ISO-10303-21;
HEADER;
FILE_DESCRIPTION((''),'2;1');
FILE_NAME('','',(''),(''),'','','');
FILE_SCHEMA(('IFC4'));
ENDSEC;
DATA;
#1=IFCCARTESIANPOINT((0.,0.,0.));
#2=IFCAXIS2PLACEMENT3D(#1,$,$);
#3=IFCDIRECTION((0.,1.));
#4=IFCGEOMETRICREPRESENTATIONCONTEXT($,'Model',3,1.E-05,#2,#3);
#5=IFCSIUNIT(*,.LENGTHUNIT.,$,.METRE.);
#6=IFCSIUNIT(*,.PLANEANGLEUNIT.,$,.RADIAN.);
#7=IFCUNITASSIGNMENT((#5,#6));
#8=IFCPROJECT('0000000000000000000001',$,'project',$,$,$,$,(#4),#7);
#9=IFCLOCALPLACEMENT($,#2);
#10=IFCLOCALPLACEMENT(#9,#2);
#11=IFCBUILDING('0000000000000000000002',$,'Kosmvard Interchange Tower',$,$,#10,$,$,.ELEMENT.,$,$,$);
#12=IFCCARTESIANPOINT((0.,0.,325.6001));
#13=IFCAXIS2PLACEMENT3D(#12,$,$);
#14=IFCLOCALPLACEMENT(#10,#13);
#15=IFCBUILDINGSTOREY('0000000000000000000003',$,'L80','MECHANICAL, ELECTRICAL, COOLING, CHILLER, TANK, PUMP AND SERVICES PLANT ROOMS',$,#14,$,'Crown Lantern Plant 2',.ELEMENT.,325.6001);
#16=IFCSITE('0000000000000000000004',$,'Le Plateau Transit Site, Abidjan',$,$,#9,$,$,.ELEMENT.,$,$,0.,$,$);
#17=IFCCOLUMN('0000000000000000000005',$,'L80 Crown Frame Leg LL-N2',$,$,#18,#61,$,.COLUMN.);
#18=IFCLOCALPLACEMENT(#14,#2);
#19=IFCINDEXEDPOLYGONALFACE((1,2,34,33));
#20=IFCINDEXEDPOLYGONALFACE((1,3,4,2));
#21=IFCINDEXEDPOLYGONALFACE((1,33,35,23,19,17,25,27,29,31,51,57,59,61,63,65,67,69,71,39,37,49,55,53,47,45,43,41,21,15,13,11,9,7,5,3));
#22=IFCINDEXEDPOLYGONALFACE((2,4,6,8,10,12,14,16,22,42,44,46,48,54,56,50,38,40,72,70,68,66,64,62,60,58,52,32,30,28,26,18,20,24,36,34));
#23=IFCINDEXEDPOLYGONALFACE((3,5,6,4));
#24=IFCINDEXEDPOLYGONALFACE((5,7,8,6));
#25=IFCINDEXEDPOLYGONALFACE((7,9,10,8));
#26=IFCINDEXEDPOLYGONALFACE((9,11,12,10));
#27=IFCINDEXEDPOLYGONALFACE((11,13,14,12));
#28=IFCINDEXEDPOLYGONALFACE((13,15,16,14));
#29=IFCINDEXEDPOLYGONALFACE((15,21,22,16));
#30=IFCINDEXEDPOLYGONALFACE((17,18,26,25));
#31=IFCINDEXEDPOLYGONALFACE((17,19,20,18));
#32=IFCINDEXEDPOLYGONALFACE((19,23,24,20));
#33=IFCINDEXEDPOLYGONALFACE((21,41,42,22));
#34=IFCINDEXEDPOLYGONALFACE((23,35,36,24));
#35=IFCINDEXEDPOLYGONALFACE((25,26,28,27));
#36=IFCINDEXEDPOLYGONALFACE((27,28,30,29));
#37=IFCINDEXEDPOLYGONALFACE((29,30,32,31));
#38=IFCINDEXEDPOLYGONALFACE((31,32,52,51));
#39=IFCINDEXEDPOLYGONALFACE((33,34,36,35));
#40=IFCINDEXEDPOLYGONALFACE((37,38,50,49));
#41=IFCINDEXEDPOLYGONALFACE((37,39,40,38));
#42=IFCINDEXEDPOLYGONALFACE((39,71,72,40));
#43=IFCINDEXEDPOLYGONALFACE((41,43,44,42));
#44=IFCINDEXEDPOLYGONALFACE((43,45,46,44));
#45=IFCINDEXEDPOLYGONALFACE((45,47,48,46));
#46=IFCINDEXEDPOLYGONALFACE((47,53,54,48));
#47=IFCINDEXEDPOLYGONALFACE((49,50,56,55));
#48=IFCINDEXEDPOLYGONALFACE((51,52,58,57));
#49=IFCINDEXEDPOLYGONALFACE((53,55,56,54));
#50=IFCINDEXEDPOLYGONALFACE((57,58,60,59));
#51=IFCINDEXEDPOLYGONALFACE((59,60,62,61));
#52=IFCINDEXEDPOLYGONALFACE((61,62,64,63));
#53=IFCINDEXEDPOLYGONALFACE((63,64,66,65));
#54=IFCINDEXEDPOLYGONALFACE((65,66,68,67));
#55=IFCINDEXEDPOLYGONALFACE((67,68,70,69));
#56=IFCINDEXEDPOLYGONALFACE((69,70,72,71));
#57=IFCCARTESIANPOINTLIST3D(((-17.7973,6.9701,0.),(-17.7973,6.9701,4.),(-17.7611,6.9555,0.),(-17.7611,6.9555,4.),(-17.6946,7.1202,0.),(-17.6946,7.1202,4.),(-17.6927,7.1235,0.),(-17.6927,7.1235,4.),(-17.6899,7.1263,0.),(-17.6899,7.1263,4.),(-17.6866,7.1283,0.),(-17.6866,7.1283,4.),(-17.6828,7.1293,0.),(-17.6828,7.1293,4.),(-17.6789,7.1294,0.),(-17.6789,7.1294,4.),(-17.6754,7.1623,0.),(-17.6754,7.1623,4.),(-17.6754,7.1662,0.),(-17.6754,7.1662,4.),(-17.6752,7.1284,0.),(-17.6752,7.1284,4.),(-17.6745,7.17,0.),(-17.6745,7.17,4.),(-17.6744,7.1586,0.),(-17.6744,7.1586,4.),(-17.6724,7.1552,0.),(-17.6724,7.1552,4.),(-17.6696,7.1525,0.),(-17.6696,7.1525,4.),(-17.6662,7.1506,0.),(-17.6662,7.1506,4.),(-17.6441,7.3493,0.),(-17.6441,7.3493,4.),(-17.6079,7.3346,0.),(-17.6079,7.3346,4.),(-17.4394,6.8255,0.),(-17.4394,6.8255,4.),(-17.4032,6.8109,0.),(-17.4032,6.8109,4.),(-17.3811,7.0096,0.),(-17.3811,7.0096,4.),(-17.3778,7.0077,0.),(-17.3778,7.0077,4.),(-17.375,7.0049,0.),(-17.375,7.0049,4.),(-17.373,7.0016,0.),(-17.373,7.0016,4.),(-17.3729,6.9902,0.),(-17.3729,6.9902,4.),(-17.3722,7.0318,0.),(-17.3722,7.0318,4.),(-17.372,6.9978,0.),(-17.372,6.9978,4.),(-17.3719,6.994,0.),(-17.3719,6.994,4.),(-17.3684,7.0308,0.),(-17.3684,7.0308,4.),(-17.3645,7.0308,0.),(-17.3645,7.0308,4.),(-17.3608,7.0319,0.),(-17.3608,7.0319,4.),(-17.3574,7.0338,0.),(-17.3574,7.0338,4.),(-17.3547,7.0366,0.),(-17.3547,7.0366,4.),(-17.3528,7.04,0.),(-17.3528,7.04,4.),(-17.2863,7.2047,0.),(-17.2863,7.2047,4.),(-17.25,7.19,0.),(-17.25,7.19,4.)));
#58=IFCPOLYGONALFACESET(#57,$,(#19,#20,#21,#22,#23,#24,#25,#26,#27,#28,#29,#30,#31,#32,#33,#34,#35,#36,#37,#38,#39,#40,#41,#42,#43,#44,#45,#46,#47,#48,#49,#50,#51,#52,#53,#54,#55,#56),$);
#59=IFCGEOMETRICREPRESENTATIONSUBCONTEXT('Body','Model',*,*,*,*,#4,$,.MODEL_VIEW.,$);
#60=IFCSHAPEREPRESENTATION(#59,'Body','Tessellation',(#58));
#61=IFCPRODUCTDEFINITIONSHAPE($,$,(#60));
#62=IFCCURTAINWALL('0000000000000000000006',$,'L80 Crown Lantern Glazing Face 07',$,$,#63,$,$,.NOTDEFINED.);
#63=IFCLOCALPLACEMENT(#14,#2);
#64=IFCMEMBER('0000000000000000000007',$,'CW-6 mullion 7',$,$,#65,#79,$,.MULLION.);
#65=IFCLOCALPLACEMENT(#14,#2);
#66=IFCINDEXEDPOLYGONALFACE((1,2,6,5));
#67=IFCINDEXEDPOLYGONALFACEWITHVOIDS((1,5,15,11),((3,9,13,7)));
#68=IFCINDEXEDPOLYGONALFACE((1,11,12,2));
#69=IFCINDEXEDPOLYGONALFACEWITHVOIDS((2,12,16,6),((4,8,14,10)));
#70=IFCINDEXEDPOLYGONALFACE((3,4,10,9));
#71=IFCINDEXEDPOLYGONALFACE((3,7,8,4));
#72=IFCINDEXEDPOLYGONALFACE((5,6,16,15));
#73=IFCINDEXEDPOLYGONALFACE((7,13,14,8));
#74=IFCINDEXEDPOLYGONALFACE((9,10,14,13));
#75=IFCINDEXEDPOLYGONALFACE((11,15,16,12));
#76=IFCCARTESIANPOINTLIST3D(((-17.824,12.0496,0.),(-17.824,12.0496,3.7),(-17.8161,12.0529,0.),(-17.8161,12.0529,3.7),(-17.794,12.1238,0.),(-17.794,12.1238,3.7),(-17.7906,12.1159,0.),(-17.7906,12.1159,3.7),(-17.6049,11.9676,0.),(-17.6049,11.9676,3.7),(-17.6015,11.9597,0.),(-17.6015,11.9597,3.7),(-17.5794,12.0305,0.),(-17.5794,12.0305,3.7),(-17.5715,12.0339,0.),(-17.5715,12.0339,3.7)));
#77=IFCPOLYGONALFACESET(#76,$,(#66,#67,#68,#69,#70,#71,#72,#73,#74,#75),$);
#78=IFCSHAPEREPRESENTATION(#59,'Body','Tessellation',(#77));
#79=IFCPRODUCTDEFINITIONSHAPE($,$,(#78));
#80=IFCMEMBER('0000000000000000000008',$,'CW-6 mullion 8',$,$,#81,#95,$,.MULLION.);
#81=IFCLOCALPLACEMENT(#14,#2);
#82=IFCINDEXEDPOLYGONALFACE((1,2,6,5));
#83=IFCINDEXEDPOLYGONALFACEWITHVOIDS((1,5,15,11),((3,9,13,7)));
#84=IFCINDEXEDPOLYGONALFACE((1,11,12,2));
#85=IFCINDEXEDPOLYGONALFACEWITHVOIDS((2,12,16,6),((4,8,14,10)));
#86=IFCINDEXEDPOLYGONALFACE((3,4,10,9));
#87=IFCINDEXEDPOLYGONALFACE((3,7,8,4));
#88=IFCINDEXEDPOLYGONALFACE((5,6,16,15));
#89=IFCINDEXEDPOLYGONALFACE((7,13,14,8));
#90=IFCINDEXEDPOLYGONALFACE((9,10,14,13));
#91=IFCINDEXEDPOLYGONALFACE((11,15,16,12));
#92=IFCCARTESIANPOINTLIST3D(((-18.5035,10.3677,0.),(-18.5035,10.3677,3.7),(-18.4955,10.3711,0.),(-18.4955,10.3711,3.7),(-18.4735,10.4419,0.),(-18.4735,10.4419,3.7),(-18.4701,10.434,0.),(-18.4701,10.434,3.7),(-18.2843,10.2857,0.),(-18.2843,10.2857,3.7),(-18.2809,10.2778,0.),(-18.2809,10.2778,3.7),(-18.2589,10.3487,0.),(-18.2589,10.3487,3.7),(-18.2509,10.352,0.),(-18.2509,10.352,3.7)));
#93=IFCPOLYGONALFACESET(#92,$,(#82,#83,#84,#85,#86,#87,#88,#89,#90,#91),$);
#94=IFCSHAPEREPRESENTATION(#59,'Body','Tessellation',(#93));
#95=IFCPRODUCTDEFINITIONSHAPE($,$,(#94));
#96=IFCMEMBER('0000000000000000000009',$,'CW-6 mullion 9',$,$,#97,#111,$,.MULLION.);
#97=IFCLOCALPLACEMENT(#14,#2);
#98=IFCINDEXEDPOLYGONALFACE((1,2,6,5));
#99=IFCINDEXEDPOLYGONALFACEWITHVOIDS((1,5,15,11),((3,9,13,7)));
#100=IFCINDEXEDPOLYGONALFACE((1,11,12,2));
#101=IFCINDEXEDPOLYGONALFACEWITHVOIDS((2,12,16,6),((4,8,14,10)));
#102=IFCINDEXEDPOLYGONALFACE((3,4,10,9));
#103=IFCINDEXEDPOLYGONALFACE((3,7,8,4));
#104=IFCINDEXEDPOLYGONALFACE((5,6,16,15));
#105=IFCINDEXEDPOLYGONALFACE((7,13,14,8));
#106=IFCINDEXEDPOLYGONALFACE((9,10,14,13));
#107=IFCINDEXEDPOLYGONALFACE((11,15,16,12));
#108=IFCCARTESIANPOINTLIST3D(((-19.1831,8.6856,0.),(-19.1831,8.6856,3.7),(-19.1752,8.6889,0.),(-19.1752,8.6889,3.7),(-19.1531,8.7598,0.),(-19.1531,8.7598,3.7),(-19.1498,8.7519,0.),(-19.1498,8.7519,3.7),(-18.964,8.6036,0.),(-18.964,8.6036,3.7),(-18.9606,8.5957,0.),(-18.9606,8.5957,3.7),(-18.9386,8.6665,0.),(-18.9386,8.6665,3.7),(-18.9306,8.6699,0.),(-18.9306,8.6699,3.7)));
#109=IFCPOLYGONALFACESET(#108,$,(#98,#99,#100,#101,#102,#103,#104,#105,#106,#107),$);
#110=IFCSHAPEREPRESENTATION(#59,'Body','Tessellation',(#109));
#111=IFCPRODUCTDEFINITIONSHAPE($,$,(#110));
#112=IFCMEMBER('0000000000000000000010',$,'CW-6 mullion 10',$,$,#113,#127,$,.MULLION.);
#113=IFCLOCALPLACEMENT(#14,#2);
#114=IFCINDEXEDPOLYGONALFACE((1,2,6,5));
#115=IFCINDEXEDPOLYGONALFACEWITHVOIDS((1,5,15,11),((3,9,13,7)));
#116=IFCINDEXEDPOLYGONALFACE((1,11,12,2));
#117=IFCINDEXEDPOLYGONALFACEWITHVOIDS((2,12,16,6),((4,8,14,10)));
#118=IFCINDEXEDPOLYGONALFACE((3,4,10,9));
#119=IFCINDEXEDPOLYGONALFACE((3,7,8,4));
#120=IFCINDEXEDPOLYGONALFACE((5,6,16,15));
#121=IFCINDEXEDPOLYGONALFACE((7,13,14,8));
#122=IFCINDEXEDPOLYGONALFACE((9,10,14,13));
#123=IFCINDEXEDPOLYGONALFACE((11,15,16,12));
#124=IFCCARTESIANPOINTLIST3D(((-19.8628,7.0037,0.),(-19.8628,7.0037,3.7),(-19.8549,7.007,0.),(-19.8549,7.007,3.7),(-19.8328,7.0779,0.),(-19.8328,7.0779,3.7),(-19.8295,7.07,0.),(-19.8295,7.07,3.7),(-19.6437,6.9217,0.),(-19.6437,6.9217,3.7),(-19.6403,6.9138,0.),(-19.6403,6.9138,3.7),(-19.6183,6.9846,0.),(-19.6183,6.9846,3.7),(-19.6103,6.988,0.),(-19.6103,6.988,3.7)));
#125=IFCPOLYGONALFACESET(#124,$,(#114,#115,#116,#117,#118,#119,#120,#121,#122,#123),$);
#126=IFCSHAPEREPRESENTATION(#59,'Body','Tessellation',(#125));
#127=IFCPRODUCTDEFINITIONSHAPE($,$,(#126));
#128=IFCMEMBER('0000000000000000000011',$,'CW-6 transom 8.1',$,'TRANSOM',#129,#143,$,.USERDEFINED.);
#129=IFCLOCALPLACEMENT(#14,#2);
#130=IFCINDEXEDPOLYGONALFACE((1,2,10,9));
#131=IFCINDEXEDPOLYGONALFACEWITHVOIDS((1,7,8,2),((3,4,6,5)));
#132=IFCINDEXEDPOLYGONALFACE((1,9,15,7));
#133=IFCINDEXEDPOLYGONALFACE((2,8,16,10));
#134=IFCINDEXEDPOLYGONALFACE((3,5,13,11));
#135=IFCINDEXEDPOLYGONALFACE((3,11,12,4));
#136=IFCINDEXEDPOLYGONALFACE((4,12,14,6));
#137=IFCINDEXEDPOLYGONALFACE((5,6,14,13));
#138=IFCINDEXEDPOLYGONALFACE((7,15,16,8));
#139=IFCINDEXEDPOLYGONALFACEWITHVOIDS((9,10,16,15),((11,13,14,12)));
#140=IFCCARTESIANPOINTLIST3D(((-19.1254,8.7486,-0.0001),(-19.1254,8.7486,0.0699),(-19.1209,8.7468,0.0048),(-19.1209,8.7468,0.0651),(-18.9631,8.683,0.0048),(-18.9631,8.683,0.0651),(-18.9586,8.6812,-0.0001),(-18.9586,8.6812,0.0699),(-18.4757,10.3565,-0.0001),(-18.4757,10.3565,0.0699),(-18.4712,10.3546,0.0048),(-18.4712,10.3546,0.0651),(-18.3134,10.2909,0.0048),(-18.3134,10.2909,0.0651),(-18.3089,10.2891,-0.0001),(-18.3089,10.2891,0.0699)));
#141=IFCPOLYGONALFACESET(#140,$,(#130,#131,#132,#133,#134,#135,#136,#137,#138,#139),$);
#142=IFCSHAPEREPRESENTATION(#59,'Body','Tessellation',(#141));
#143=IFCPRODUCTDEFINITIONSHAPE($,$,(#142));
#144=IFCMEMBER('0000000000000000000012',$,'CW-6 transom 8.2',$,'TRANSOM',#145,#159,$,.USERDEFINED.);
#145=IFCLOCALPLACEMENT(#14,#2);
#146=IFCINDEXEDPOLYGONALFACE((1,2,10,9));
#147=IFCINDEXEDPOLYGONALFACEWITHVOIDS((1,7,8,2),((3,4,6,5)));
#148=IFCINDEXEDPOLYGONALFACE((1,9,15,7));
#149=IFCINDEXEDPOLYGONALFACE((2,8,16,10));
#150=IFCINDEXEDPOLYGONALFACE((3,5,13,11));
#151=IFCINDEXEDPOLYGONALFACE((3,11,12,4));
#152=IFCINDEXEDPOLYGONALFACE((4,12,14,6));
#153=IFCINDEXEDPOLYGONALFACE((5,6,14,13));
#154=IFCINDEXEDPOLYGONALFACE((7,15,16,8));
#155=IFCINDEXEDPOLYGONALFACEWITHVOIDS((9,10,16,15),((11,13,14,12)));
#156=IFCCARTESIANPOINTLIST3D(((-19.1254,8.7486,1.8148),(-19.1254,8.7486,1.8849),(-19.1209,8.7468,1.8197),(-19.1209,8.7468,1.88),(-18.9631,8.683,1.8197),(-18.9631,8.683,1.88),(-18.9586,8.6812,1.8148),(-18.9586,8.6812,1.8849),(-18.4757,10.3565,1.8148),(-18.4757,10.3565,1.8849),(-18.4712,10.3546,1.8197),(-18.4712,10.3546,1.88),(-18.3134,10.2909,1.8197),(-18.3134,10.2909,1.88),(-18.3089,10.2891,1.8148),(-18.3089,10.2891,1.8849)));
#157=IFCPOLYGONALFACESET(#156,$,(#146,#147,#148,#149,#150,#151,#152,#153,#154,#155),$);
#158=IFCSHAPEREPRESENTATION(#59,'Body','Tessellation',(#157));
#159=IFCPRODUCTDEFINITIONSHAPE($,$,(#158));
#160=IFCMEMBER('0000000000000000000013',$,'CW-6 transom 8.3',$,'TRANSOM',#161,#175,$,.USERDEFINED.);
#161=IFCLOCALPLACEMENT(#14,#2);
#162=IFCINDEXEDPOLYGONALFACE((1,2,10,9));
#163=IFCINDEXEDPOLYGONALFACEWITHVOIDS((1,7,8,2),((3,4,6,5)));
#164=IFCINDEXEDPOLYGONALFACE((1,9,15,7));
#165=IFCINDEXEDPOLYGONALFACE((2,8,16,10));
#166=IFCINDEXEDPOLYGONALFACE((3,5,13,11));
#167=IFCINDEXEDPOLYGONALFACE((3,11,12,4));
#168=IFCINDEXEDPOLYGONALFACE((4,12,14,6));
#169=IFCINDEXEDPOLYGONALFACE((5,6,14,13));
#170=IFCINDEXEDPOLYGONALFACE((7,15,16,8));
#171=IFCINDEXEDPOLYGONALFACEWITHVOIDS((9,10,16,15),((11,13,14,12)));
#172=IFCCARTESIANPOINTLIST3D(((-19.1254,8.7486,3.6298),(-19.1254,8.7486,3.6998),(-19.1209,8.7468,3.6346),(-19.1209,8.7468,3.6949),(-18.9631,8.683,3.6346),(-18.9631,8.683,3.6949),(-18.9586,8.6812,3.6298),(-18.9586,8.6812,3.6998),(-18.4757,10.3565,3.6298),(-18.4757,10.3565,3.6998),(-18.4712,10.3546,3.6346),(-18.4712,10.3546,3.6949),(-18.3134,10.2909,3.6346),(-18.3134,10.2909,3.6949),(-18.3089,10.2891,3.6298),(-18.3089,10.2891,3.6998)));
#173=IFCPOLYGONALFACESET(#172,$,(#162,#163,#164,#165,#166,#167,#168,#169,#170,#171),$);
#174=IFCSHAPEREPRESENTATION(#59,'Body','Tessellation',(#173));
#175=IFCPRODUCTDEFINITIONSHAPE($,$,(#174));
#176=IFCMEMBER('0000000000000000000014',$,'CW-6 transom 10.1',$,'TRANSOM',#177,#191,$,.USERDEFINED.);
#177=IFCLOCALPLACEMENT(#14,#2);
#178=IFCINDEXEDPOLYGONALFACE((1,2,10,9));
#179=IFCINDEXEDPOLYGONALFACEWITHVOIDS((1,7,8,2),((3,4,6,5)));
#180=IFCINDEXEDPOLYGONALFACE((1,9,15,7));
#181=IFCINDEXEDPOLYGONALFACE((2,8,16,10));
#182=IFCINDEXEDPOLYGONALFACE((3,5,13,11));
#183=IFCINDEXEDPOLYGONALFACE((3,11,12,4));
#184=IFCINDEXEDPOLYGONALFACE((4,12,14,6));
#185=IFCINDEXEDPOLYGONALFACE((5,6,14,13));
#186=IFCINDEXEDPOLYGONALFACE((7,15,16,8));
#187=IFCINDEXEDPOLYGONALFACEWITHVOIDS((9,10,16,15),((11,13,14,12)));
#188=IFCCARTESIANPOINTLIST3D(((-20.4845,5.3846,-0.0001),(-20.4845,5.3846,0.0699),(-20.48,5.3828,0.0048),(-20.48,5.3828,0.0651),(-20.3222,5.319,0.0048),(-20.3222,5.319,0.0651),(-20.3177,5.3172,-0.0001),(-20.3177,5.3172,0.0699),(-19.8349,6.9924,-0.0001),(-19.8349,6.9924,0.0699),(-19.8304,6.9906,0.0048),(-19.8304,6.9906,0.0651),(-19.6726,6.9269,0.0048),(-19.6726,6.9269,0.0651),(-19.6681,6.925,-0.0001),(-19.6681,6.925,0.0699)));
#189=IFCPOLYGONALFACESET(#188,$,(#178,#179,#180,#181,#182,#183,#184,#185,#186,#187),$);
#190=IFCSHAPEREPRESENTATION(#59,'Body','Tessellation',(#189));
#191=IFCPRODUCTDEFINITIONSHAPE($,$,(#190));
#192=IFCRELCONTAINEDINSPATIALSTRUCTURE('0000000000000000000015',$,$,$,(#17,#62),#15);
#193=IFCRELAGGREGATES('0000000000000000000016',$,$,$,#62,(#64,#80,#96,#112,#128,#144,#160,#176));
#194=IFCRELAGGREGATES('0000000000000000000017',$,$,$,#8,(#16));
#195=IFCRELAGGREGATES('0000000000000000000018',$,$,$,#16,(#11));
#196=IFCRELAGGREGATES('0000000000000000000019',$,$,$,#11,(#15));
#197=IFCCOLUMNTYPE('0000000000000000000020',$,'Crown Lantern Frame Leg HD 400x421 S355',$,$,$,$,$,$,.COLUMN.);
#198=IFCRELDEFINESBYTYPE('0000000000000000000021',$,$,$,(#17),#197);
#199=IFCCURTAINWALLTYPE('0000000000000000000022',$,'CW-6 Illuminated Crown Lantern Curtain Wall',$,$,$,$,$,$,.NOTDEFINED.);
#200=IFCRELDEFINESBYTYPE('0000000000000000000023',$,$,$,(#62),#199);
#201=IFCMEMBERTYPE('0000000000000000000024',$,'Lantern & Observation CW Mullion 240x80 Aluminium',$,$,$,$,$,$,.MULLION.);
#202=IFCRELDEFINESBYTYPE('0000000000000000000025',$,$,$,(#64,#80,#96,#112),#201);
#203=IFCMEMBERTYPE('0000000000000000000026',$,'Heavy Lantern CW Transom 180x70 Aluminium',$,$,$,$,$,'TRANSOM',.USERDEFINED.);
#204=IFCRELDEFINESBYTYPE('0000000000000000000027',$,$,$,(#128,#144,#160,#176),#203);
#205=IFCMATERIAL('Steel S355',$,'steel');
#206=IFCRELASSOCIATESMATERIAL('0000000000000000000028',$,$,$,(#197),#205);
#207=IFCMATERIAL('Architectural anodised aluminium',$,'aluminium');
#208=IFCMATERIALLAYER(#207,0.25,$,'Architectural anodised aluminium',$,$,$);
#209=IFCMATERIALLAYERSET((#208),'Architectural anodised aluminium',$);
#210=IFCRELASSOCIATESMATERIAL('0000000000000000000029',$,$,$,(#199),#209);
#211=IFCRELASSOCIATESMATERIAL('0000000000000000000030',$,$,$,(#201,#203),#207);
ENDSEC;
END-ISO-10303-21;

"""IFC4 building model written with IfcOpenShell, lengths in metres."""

from ifc_helpers import new_model, si_unit, direction, frame, origin, origin_2d, place, context, subcontext, project, spatial, hollow_rectangle, i_section, extrude, source, transform, mapped, material, layer, layer_set, material_profile, profile_set, type_object, element, aggregate, save


model = new_model("IFC4")

# Units and contexts
model_context = context("Model", 3, precision=1e-05, world=origin(), true_north=direction((0.0, 1.0)))
body_context = subcontext(model_context, "Body", "Model", "MODEL_VIEW")
ifc_project = project(units=[si_unit("LENGTHUNIT", "METRE"), si_unit("PLANEANGLEUNIT", "RADIAN")], contexts=[model_context])

# Site, building, storey
site_placement = place(None, origin())
site = spatial("IfcSite", under=ifc_project, at=site_placement, Name="Le Plateau Transit Site, Abidjan", CompositionType="ELEMENT", RefElevation=0.0)
building_placement = place(site_placement, origin())
building = spatial("IfcBuilding", under=site, at=building_placement, Name="Kosmvard Interchange Tower", CompositionType="ELEMENT")
storey_placement = place(building_placement, frame((0.0, 0.0, 325.6001)))
storey = spatial("IfcBuildingStorey", under=building, at=storey_placement, Name="L80", Description="MECHANICAL, ELECTRICAL, COOLING, CHILLER, TANK, PUMP AND SERVICES PLANT ROOMS", LongName="Crown Lantern Plant 2", CompositionType="ELEMENT", Elevation=325.6001)

# Column
ifc_material_1 = material(Name="Steel S355", Category="steel")
ifc_material_profile_1 = material_profile(ifc_material_1, i_section(OverallWidth=0.4089, OverallDepth=0.425, WebThickness=0.0239, FlangeThickness=0.0391, FilletRadius=0.0149, at=origin_2d()), Name="HD 400x421")
ifc_profile_set_1 = profile_set([ifc_material_profile_1], Name="Steel S355")
column_type = type_object("IfcColumnType", Name="Crown Lantern Frame Leg HD 400x421 S355", PredefinedType="COLUMN", material=ifc_profile_set_1)
shared_shape_1 = source(origin(), body_context, "Body", "SweptSolid", [
    extrude(i_section(OverallWidth=0.4089, OverallDepth=0.425, WebThickness=0.0239, FlangeThickness=0.0391, FilletRadius=0.0149, at=origin_2d()), origin(), (0.0, 0.0, 1.0), 4.0),
])
column_placement = place(storey_placement, frame((-17.5237, 7.0801, 0.0), z_axis=(0.0, 0.0, 1.0), x_axis=(0.374607, 0.927184, 0.0)))
element("IfcColumn", 1, at=column_placement, inside=storey, type_object=column_type, Name="L80 Crown Frame Leg LL-N2", PredefinedType="COLUMN", context=body_context, shape_type="MappedRepresentation", body=[
    mapped(shared_shape_1, transform((0.0, 0.0, 0.0), scale=1.0)),
])

# Curtain wall, members
ifc_material_2 = material(Name="Architectural anodised aluminium", Category="aluminium")
ifc_layer_1 = layer(ifc_material_2, 0.25, Name="Architectural anodised aluminium")
ifc_layer_set_1 = layer_set([ifc_layer_1], Name="Architectural anodised aluminium")
curtain_wall_type = type_object("IfcCurtainWallType", Name="CW-6 Illuminated Crown Lantern Curtain Wall", PredefinedType="NOTDEFINED", material=ifc_layer_set_1)
curtain_wall_placement = place(storey_placement, origin())
curtain_wall = element("IfcCurtainWall", 2, at=curtain_wall_placement, inside=storey, type_object=curtain_wall_type, Name="L80 Crown Lantern Glazing Face 07", PredefinedType="NOTDEFINED")
ifc_material_profile_2 = material_profile(ifc_material_2, hollow_rectangle(XDim=0.24, YDim=0.0801, WallThickness=0.0061, at=origin_2d()), Name="CWM 240x80x6")
ifc_profile_set_2 = profile_set([ifc_material_profile_2], Name="Architectural anodised aluminium")
member_type_1 = type_object("IfcMemberType", Name="Lantern & Observation CW Mullion 240x80 Aluminium", PredefinedType="MULLION", material=ifc_profile_set_2)
shared_shape_2 = source(origin(), body_context, "Body", "SweptSolid", [
    extrude(hollow_rectangle(XDim=0.24, YDim=0.0801, WallThickness=0.0061, at=origin_2d()), origin(), (0.0, 0.0, 1.0), 3.7),
])
member_1_placement = place(storey_placement, frame((-17.6978, 12.0417, 0.0), z_axis=(0.0, 0.0, 1.0), x_axis=(0.927184, -0.374607, 0.0)))
member_1 = element("IfcMember", 3, at=member_1_placement, type_object=member_type_1, Name="CW-6 mullion 7", PredefinedType="MULLION", context=body_context, shape_type="MappedRepresentation", body=[
    mapped(shared_shape_2, transform((0.0, 0.0, 0.0), scale=1.0)),
])
member_2_placement = place(storey_placement, frame((-18.3772, 10.3599, 0.0), z_axis=(0.0, 0.0, 1.0), x_axis=(0.927184, -0.374607, 0.0)))
member_2 = element("IfcMember", 4, at=member_2_placement, type_object=member_type_1, Name="CW-6 mullion 8", PredefinedType="MULLION", context=body_context, shape_type="MappedRepresentation", body=[
    mapped(shared_shape_2, transform((0.0, 0.0, 0.0), scale=1.0)),
])
member_3_placement = place(storey_placement, frame((-19.0569, 8.6777, 0.0), z_axis=(0.0, 0.0, 1.0), x_axis=(0.927184, -0.374607, 0.0)))
member_3 = element("IfcMember", 5, at=member_3_placement, type_object=member_type_1, Name="CW-6 mullion 9", PredefinedType="MULLION", context=body_context, shape_type="MappedRepresentation", body=[
    mapped(shared_shape_2, transform((0.0, 0.0, 0.0), scale=1.0)),
])
member_4_placement = place(storey_placement, frame((-19.7366, 6.9958, 0.0), z_axis=(0.0, 0.0, 1.0), x_axis=(0.927184, -0.374607, 0.0)))
member_4 = element("IfcMember", 6, at=member_4_placement, type_object=member_type_1, Name="CW-6 mullion 10", PredefinedType="MULLION", context=body_context, shape_type="MappedRepresentation", body=[
    mapped(shared_shape_2, transform((0.0, 0.0, 0.0), scale=1.0)),
])
ifc_material_profile_3 = material_profile(ifc_material_2, hollow_rectangle(XDim=0.1799, YDim=0.0701, WallThickness=0.0049, at=origin_2d()), Name="CWT 180x70x5")
ifc_profile_set_3 = profile_set([ifc_material_profile_3], Name="Architectural anodised aluminium")
member_type_2 = type_object("IfcMemberType", Name="Heavy Lantern CW Transom 180x70 Aluminium", ElementType="TRANSOM", PredefinedType="USERDEFINED", material=ifc_profile_set_3)
shared_shape_3 = source(origin(), body_context, "Body", "SweptSolid", [
    extrude(hollow_rectangle(XDim=0.1799, YDim=0.0701, WallThickness=0.0049, at=origin_2d()), origin(), (0.0, 0.0, 1.0), 1.7341),
])
member_5_placement = place(storey_placement, frame((-18.3923, 10.3228, 0.0349), z_axis=(-0.374617, -0.92718, 0.0), x_axis=(0.92718, -0.374617, 0.0)))
member_5 = element("IfcMember", 7, at=member_5_placement, type_object=member_type_2, Name="CW-6 transom 8.1", ObjectType="TRANSOM", PredefinedType="USERDEFINED", context=body_context, shape_type="MappedRepresentation", body=[
    mapped(shared_shape_3, transform((0.0, 0.0, 0.0), scale=1.0)),
])
member_6_placement = place(storey_placement, frame((-18.3923, 10.3228, 1.8499), z_axis=(-0.374617, -0.92718, 0.0), x_axis=(0.92718, -0.374617, 0.0)))
member_6 = element("IfcMember", 8, at=member_6_placement, type_object=member_type_2, Name="CW-6 transom 8.2", ObjectType="TRANSOM", PredefinedType="USERDEFINED", context=body_context, shape_type="MappedRepresentation", body=[
    mapped(shared_shape_3, transform((0.0, 0.0, 0.0), scale=1.0)),
])
member_7_placement = place(storey_placement, frame((-18.3923, 10.3228, 3.6648), z_axis=(-0.374617, -0.92718, 0.0), x_axis=(0.92718, -0.374617, 0.0)))
member_7 = element("IfcMember", 9, at=member_7_placement, type_object=member_type_2, Name="CW-6 transom 8.3", ObjectType="TRANSOM", PredefinedType="USERDEFINED", context=body_context, shape_type="MappedRepresentation", body=[
    mapped(shared_shape_3, transform((0.0, 0.0, 0.0), scale=1.0)),
])
member_8_placement = place(storey_placement, frame((-19.7515, 6.9587, 0.0349), z_axis=(-0.374617, -0.92718, 0.0), x_axis=(0.92718, -0.374617, 0.0)))
member_8 = element("IfcMember", 10, at=member_8_placement, type_object=member_type_2, Name="CW-6 transom 10.1", ObjectType="TRANSOM", PredefinedType="USERDEFINED", context=body_context, shape_type="MappedRepresentation", body=[
    mapped(shared_shape_3, transform((0.0, 0.0, 0.0), scale=1.0)),
])
aggregate(curtain_wall, [member_1, member_2, member_3, member_4, member_5, member_6, member_7, member_8])

save(model, "model.ifc")
